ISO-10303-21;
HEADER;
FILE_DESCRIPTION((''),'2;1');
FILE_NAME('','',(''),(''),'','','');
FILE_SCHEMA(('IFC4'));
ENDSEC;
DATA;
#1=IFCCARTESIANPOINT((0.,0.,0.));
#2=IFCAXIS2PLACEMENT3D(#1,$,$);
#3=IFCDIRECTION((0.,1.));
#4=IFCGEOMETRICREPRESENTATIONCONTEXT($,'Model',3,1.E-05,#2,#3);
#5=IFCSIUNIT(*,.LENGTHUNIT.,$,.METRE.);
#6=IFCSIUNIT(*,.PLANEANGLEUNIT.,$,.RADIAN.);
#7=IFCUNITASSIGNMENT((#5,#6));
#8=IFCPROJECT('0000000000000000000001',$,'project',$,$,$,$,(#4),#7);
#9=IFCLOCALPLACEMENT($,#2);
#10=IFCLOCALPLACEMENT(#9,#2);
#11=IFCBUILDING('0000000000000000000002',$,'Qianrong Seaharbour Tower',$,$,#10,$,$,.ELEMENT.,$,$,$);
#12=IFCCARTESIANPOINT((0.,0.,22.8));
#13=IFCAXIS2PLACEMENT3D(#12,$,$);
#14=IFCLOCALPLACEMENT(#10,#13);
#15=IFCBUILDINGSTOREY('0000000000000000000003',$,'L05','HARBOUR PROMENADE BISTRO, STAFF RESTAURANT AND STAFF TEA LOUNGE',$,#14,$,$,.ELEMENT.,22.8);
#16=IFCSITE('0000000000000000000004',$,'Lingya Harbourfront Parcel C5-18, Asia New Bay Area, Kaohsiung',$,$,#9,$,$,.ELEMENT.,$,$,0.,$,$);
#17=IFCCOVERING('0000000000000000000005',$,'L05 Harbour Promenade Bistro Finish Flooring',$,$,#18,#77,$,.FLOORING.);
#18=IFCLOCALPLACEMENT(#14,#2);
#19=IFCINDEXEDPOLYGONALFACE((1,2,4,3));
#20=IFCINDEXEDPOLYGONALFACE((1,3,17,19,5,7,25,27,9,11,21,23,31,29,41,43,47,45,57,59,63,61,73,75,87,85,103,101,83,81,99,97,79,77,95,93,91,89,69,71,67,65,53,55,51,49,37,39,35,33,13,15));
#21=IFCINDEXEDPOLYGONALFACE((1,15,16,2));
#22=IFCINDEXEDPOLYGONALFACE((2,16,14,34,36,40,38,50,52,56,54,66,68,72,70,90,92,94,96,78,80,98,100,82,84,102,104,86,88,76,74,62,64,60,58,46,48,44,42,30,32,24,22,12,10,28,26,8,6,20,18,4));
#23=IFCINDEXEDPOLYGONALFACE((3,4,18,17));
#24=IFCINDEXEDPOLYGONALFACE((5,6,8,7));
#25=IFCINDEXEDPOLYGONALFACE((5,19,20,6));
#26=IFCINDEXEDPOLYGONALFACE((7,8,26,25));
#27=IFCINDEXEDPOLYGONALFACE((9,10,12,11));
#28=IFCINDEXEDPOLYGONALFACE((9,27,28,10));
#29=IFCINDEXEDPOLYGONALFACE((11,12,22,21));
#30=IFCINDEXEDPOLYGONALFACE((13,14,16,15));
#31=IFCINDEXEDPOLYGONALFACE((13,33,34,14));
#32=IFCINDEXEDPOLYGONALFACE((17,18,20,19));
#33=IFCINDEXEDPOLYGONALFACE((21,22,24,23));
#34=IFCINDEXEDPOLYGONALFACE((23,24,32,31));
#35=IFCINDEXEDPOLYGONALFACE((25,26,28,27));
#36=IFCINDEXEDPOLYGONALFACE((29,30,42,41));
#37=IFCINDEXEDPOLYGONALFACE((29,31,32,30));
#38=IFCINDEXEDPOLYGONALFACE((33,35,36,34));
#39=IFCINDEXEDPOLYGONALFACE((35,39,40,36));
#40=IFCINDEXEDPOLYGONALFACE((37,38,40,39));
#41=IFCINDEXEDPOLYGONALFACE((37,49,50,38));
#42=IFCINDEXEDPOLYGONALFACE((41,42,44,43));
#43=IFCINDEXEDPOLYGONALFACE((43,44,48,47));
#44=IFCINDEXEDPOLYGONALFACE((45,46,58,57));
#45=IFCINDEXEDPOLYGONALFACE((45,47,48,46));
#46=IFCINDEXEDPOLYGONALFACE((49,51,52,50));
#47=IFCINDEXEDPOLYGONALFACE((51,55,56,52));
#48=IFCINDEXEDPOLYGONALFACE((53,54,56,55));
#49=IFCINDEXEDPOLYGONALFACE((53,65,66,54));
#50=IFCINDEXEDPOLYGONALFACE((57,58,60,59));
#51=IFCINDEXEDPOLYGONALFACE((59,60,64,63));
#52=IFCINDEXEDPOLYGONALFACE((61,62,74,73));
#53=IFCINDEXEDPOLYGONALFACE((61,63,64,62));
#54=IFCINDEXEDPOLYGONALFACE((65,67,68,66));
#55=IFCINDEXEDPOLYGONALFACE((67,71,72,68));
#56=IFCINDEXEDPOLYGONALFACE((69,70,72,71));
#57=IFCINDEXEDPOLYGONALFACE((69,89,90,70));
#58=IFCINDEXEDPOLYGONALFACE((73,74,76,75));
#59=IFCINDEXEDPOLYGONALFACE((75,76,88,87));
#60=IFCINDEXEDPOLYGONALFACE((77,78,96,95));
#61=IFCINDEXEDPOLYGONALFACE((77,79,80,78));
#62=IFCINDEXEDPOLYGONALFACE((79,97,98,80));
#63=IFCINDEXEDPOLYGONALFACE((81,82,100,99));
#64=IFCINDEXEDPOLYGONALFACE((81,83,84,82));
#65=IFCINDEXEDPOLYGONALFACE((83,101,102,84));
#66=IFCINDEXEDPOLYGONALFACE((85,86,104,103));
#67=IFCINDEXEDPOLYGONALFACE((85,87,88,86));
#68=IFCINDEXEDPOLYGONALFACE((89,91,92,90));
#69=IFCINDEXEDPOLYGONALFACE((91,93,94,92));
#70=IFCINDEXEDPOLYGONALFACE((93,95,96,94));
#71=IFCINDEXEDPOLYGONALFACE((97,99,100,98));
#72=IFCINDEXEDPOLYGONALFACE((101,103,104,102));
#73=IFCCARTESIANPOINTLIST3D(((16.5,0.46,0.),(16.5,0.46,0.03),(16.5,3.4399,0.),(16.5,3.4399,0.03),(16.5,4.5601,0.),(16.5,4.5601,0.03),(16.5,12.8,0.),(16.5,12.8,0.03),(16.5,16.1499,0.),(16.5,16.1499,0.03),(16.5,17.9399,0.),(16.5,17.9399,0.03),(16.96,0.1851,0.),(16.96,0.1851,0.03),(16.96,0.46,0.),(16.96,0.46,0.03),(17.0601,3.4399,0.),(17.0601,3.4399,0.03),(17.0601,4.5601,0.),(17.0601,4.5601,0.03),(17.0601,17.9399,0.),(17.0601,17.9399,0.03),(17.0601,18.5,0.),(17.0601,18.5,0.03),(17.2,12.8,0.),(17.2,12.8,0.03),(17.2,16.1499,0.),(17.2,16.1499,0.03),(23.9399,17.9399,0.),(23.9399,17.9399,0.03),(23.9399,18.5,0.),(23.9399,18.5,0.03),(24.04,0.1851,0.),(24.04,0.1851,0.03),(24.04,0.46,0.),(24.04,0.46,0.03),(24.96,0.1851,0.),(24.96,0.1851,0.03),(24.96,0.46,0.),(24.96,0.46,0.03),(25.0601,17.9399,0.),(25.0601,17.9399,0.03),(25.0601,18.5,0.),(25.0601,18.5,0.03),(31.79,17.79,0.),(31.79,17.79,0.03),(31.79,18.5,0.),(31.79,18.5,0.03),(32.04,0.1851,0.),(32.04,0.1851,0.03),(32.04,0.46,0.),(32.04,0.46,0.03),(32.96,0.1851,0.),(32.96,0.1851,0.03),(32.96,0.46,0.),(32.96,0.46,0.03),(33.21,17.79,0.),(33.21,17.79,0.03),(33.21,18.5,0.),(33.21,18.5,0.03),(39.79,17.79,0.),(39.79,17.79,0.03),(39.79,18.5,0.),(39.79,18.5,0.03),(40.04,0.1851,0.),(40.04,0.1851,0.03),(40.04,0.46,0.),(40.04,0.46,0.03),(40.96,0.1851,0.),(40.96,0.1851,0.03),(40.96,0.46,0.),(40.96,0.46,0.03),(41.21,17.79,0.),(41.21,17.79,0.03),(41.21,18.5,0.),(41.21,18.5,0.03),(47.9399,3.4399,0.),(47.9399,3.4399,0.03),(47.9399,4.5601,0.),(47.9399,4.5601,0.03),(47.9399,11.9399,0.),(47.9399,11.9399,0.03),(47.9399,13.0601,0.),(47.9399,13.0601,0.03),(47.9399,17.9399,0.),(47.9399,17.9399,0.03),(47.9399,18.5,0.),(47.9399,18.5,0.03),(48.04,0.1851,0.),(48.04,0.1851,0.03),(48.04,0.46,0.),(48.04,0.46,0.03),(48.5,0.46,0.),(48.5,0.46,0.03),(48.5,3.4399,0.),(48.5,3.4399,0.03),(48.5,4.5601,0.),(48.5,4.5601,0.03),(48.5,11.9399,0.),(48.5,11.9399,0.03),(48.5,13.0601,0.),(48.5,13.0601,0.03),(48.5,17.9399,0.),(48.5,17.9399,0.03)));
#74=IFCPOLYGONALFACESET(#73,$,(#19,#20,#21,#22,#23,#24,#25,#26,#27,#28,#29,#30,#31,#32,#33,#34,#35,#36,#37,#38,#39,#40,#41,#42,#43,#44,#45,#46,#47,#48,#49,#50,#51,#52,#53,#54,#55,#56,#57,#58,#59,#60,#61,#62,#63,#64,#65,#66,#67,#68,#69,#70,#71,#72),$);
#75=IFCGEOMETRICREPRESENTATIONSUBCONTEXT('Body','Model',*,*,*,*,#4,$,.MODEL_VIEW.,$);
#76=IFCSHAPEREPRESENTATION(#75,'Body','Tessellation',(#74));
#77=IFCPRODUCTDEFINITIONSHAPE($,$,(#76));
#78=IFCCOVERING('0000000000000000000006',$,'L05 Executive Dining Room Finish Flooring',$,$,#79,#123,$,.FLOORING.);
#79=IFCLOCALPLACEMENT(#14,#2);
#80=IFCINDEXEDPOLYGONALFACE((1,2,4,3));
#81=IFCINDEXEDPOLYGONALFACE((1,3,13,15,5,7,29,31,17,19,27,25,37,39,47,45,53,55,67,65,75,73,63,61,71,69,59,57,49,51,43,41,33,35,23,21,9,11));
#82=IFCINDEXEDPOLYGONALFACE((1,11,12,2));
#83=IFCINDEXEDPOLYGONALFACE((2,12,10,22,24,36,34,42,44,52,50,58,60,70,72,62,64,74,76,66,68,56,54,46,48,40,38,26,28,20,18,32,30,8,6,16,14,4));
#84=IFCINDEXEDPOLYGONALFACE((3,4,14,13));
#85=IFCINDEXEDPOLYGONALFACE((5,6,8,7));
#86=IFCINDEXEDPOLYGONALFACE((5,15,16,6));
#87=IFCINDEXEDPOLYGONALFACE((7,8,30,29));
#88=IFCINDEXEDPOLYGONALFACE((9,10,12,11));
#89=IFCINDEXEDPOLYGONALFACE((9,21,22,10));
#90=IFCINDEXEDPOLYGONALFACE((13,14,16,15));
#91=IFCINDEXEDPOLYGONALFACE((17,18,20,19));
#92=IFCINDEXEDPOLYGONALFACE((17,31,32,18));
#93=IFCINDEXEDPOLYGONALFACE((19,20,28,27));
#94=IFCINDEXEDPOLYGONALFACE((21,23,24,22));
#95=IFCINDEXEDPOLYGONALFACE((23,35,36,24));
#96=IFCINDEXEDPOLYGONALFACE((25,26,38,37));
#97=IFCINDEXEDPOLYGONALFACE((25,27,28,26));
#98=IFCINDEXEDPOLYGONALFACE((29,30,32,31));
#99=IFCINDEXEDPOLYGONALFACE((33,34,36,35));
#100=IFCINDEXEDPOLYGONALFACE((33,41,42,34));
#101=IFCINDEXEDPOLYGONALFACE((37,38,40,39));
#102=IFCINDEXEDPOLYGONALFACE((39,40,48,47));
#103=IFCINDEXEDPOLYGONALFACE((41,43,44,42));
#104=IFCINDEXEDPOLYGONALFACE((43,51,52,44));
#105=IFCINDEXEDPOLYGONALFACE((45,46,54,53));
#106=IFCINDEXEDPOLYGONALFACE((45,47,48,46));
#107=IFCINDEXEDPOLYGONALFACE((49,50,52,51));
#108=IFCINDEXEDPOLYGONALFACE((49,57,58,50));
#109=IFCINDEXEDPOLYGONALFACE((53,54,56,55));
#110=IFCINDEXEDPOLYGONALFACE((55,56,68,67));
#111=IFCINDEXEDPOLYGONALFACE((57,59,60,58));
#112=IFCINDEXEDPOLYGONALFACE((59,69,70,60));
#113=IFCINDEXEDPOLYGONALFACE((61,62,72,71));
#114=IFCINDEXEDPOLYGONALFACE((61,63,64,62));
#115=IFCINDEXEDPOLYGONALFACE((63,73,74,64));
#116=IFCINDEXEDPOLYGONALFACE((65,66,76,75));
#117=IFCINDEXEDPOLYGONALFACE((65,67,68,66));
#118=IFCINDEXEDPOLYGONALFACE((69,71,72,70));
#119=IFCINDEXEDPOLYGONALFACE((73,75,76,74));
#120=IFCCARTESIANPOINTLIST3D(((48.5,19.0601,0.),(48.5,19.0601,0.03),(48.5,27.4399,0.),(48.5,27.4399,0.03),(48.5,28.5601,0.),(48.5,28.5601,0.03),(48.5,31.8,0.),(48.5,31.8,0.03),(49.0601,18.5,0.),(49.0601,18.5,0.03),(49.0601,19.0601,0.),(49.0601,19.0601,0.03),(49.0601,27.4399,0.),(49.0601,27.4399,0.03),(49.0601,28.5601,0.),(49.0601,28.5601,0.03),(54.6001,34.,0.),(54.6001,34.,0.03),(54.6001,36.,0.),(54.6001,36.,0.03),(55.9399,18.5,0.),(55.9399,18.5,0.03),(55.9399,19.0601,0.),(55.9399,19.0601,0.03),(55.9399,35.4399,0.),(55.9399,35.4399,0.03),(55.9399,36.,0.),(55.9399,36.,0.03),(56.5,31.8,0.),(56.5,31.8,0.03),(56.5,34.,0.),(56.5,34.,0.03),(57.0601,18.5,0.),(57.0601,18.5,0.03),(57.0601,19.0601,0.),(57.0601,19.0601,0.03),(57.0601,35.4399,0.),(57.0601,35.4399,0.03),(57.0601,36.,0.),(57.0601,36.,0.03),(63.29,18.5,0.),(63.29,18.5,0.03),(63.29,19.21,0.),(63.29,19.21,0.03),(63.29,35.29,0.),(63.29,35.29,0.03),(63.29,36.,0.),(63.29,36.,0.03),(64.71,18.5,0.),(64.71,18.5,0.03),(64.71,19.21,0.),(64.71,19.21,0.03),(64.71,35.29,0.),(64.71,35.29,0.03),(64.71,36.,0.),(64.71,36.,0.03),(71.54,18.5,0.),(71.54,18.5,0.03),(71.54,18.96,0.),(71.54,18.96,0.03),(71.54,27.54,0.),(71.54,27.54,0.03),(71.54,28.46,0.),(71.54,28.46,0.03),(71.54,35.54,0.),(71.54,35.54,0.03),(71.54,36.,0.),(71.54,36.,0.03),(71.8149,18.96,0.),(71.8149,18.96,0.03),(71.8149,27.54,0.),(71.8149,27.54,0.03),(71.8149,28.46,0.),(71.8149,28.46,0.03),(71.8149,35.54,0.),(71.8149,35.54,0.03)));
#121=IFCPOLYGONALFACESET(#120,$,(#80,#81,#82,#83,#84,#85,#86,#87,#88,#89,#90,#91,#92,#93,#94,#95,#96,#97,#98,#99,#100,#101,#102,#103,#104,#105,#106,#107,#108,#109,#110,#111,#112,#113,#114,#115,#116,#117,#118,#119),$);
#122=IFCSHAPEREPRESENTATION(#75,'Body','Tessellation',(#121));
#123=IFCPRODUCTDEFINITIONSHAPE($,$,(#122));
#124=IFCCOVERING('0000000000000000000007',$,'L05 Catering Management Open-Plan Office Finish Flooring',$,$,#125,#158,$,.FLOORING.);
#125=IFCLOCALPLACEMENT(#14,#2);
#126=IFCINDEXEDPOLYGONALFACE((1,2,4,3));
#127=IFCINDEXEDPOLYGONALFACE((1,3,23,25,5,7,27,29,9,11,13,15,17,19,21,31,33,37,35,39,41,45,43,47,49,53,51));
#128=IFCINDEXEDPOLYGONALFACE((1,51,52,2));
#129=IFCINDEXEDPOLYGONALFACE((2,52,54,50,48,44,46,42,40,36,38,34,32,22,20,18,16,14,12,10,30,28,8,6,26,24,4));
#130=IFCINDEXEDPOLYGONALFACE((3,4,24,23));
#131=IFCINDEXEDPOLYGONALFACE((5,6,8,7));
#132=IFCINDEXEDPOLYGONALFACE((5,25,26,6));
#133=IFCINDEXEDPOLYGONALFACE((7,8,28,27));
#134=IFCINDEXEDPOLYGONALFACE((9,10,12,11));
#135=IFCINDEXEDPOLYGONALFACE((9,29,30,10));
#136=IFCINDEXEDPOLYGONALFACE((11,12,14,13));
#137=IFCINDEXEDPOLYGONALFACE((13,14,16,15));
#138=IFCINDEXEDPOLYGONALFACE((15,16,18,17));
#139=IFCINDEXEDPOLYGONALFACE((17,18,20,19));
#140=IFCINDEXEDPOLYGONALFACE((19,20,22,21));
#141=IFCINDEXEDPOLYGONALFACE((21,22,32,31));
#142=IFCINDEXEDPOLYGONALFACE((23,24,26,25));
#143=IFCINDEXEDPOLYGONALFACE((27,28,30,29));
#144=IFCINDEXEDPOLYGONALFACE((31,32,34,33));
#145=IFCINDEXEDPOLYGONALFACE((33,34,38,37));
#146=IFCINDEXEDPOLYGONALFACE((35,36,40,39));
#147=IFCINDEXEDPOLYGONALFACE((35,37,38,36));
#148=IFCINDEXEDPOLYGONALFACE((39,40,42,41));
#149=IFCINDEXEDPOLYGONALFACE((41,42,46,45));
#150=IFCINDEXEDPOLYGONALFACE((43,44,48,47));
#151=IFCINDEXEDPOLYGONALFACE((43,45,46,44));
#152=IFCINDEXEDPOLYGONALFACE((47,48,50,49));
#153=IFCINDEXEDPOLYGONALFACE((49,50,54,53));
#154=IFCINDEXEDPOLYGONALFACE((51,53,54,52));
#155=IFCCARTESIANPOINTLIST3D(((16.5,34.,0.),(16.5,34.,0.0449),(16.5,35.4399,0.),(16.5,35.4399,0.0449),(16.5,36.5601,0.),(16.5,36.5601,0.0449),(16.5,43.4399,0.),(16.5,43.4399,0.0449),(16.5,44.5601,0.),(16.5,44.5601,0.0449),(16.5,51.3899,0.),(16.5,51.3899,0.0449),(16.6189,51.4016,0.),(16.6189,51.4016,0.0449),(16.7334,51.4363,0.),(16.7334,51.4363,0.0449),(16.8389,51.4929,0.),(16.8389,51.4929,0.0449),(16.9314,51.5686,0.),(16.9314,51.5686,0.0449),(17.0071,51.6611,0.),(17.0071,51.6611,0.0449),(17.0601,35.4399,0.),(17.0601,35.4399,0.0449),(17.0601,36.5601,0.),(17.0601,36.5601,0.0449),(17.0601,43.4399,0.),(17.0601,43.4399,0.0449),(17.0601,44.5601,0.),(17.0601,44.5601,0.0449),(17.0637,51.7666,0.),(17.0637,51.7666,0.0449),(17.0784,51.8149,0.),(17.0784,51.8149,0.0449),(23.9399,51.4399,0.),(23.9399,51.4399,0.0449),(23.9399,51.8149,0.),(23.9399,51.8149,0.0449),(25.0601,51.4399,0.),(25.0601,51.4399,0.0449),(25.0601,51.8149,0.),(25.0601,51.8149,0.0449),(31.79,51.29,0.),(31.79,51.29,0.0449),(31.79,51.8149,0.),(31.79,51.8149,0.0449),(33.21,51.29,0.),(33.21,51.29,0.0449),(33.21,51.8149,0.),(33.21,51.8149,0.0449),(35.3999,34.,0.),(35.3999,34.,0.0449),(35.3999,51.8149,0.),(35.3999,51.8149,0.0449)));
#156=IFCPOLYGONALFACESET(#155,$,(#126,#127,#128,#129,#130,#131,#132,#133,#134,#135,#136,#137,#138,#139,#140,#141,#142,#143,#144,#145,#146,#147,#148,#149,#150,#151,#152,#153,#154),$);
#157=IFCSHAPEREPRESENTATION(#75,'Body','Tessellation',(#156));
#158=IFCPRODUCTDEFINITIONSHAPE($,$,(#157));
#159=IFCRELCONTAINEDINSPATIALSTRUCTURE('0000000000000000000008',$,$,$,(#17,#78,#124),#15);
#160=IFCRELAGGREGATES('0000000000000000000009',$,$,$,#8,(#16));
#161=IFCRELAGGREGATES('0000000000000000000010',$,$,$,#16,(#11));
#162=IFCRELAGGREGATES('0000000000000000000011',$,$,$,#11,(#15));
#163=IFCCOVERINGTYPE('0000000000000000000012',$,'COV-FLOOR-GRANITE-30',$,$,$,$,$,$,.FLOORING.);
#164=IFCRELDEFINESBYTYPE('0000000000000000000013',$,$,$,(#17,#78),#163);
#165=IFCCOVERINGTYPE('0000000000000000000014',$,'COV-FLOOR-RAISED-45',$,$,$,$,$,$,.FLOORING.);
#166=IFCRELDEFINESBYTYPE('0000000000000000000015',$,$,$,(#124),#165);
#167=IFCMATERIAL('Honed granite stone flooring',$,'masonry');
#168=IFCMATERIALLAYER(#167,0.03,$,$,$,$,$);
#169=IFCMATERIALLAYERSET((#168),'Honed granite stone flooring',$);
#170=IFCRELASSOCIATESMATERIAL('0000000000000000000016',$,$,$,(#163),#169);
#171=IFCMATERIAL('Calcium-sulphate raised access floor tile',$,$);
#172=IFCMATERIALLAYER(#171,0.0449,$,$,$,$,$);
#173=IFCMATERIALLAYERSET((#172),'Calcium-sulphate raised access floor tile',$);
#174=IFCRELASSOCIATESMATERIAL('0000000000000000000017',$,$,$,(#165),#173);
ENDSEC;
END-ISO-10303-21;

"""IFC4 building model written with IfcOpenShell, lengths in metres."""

from ifc_helpers import new_model, si_unit, direction, frame, origin, place, context, subcontext, project, spatial, polyline, outline, extrude, material, layer, layer_set, type_object, element, save


model = new_model("IFC4")

# Units and contexts
model_context = context("Model", 3, precision=1e-05, world=origin(), true_north=direction((0.0, 1.0)))
body_context = subcontext(model_context, "Body", "Model", "MODEL_VIEW")
ifc_project = project(units=[si_unit("LENGTHUNIT", "METRE"), si_unit("PLANEANGLEUNIT", "RADIAN")], contexts=[model_context])

# Site, building, storey
site_placement = place(None, origin())
site = spatial("IfcSite", under=ifc_project, at=site_placement, Name="Lingya Harbourfront Parcel C5-18, Asia New Bay Area, Kaohsiung", CompositionType="ELEMENT", RefElevation=0.0)
building_placement = place(site_placement, origin())
building = spatial("IfcBuilding", under=site, at=building_placement, Name="Qianrong Seaharbour Tower", CompositionType="ELEMENT")
storey_placement = place(building_placement, frame((0.0, 0.0, 22.8)))
storey = spatial("IfcBuildingStorey", under=building, at=storey_placement, Name="L05", Description="HARBOUR PROMENADE BISTRO, STAFF RESTAURANT AND STAFF TEA LOUNGE", CompositionType="ELEMENT", Elevation=22.8)

# Coverings
ifc_material_1 = material(Name="Honed granite stone flooring", Category="masonry")
ifc_layer_1 = layer(ifc_material_1, 0.03)
ifc_layer_set_1 = layer_set([ifc_layer_1], Name="Honed granite stone flooring")
covering_type_1 = type_object("IfcCoveringType", Name="COV-FLOOR-GRANITE-30", PredefinedType="FLOORING", material=ifc_layer_set_1)
covering_1_placement = place(storey_placement, origin())
element("IfcCovering", 1, at=covering_1_placement, inside=storey, type_object=covering_type_1, Name="L05 Harbour Promenade Bistro Finish Flooring", PredefinedType="FLOORING", context=body_context, shape_type="SweptSolid", body=[
    extrude(outline(polyline([(48.5, 13.0601), (47.9399, 13.0601), (47.9399, 11.9399), (48.5, 11.9399), (48.5, 4.5601), (47.9399, 4.5601), (47.9399, 3.4399), (48.5, 3.4399), (48.5, 0.46), (48.04, 0.46), (48.04, 0.1851), (40.96, 0.1851), (40.96, 0.46), (40.04, 0.46), (40.04, 0.1851), (32.96, 0.1851), (32.96, 0.46), (32.04, 0.46), (32.04, 0.1851), (24.96, 0.1851), (24.96, 0.46), (24.04, 0.46), (24.04, 0.1851), (16.96, 0.1851), (16.96, 0.46), (16.5, 0.46), (16.5, 3.4399), (17.0601, 3.4399), (17.0601, 4.5601), (16.5, 4.5601), (16.5, 12.8), (17.2, 12.8), (17.2, 16.1499), (16.5, 16.1499), (16.5, 17.9399), (17.0601, 17.9399), (17.0601, 18.5), (23.9399, 18.5), (23.9399, 17.9399), (25.0601, 17.9399), (25.0601, 18.5), (31.79, 18.5), (31.79, 17.79), (33.21, 17.79), (33.21, 18.5), (39.79, 18.5), (39.79, 17.79), (41.21, 17.79), (41.21, 18.5), (47.9399, 18.5), (47.9399, 17.9399), (48.5, 17.9399), (48.5, 13.0601)])), origin(), (0.0, 0.0, 1.0), 0.03),
])
covering_2_placement = place(storey_placement, origin())
element("IfcCovering", 2, at=covering_2_placement, inside=storey, type_object=covering_type_1, Name="L05 Executive Dining Room Finish Flooring", PredefinedType="FLOORING", context=body_context, shape_type="SweptSolid", body=[
    extrude(outline(polyline([(56.5, 31.8), (56.5, 34.0), (54.6001, 34.0), (54.6001, 36.0), (55.9399, 36.0), (55.9399, 35.4399), (57.0601, 35.4399), (57.0601, 36.0), (63.29, 36.0), (63.29, 35.29), (64.71, 35.29), (64.71, 36.0), (71.54, 36.0), (71.54, 35.54), (71.8149, 35.54), (71.8149, 28.46), (71.54, 28.46), (71.54, 27.54), (71.8149, 27.54), (71.8149, 18.96), (71.54, 18.96), (71.54, 18.5), (64.71, 18.5), (64.71, 19.21), (63.29, 19.21), (63.29, 18.5), (57.0601, 18.5), (57.0601, 19.0601), (55.9399, 19.0601), (55.9399, 18.5), (49.0601, 18.5), (49.0601, 19.0601), (48.5, 19.0601), (48.5, 27.4399), (49.0601, 27.4399), (49.0601, 28.5601), (48.5, 28.5601), (48.5, 31.8), (56.5, 31.8)])), origin(), (0.0, 0.0, 1.0), 0.03),
])
ifc_material_2 = material(Name="Calcium-sulphate raised access floor tile")
ifc_layer_2 = layer(ifc_material_2, 0.0449)
ifc_layer_set_2 = layer_set([ifc_layer_2], Name="Calcium-sulphate raised access floor tile")
covering_type_2 = type_object("IfcCoveringType", Name="COV-FLOOR-RAISED-45", PredefinedType="FLOORING", material=ifc_layer_set_2)
covering_3_placement = place(storey_placement, origin())
element("IfcCovering", 3, at=covering_3_placement, inside=storey, type_object=covering_type_2, Name="L05 Catering Management Open-Plan Office Finish Flooring", PredefinedType="FLOORING", context=body_context, shape_type="SweptSolid", body=[
    extrude(outline(polyline([(16.5, 35.4399), (17.0601, 35.4399), (17.0601, 36.5601), (16.5, 36.5601), (16.5, 43.4399), (17.0601, 43.4399), (17.0601, 44.5601), (16.5, 44.5601), (16.5, 51.3899), (16.6189, 51.4016), (16.7334, 51.4363), (16.8389, 51.4929), (16.9314, 51.5686), (17.0071, 51.6611), (17.0637, 51.7666), (17.0784, 51.8149), (23.9399, 51.8149), (23.9399, 51.4399), (25.0601, 51.4399), (25.0601, 51.8149), (31.79, 51.8149), (31.79, 51.29), (33.21, 51.29), (33.21, 51.8149), (35.3999, 51.8149), (35.3999, 34.0), (16.5, 34.0), (16.5, 35.4399)])), origin(), (0.0, 0.0, 1.0), 0.0449),
])

save(model, "model.ifc")
